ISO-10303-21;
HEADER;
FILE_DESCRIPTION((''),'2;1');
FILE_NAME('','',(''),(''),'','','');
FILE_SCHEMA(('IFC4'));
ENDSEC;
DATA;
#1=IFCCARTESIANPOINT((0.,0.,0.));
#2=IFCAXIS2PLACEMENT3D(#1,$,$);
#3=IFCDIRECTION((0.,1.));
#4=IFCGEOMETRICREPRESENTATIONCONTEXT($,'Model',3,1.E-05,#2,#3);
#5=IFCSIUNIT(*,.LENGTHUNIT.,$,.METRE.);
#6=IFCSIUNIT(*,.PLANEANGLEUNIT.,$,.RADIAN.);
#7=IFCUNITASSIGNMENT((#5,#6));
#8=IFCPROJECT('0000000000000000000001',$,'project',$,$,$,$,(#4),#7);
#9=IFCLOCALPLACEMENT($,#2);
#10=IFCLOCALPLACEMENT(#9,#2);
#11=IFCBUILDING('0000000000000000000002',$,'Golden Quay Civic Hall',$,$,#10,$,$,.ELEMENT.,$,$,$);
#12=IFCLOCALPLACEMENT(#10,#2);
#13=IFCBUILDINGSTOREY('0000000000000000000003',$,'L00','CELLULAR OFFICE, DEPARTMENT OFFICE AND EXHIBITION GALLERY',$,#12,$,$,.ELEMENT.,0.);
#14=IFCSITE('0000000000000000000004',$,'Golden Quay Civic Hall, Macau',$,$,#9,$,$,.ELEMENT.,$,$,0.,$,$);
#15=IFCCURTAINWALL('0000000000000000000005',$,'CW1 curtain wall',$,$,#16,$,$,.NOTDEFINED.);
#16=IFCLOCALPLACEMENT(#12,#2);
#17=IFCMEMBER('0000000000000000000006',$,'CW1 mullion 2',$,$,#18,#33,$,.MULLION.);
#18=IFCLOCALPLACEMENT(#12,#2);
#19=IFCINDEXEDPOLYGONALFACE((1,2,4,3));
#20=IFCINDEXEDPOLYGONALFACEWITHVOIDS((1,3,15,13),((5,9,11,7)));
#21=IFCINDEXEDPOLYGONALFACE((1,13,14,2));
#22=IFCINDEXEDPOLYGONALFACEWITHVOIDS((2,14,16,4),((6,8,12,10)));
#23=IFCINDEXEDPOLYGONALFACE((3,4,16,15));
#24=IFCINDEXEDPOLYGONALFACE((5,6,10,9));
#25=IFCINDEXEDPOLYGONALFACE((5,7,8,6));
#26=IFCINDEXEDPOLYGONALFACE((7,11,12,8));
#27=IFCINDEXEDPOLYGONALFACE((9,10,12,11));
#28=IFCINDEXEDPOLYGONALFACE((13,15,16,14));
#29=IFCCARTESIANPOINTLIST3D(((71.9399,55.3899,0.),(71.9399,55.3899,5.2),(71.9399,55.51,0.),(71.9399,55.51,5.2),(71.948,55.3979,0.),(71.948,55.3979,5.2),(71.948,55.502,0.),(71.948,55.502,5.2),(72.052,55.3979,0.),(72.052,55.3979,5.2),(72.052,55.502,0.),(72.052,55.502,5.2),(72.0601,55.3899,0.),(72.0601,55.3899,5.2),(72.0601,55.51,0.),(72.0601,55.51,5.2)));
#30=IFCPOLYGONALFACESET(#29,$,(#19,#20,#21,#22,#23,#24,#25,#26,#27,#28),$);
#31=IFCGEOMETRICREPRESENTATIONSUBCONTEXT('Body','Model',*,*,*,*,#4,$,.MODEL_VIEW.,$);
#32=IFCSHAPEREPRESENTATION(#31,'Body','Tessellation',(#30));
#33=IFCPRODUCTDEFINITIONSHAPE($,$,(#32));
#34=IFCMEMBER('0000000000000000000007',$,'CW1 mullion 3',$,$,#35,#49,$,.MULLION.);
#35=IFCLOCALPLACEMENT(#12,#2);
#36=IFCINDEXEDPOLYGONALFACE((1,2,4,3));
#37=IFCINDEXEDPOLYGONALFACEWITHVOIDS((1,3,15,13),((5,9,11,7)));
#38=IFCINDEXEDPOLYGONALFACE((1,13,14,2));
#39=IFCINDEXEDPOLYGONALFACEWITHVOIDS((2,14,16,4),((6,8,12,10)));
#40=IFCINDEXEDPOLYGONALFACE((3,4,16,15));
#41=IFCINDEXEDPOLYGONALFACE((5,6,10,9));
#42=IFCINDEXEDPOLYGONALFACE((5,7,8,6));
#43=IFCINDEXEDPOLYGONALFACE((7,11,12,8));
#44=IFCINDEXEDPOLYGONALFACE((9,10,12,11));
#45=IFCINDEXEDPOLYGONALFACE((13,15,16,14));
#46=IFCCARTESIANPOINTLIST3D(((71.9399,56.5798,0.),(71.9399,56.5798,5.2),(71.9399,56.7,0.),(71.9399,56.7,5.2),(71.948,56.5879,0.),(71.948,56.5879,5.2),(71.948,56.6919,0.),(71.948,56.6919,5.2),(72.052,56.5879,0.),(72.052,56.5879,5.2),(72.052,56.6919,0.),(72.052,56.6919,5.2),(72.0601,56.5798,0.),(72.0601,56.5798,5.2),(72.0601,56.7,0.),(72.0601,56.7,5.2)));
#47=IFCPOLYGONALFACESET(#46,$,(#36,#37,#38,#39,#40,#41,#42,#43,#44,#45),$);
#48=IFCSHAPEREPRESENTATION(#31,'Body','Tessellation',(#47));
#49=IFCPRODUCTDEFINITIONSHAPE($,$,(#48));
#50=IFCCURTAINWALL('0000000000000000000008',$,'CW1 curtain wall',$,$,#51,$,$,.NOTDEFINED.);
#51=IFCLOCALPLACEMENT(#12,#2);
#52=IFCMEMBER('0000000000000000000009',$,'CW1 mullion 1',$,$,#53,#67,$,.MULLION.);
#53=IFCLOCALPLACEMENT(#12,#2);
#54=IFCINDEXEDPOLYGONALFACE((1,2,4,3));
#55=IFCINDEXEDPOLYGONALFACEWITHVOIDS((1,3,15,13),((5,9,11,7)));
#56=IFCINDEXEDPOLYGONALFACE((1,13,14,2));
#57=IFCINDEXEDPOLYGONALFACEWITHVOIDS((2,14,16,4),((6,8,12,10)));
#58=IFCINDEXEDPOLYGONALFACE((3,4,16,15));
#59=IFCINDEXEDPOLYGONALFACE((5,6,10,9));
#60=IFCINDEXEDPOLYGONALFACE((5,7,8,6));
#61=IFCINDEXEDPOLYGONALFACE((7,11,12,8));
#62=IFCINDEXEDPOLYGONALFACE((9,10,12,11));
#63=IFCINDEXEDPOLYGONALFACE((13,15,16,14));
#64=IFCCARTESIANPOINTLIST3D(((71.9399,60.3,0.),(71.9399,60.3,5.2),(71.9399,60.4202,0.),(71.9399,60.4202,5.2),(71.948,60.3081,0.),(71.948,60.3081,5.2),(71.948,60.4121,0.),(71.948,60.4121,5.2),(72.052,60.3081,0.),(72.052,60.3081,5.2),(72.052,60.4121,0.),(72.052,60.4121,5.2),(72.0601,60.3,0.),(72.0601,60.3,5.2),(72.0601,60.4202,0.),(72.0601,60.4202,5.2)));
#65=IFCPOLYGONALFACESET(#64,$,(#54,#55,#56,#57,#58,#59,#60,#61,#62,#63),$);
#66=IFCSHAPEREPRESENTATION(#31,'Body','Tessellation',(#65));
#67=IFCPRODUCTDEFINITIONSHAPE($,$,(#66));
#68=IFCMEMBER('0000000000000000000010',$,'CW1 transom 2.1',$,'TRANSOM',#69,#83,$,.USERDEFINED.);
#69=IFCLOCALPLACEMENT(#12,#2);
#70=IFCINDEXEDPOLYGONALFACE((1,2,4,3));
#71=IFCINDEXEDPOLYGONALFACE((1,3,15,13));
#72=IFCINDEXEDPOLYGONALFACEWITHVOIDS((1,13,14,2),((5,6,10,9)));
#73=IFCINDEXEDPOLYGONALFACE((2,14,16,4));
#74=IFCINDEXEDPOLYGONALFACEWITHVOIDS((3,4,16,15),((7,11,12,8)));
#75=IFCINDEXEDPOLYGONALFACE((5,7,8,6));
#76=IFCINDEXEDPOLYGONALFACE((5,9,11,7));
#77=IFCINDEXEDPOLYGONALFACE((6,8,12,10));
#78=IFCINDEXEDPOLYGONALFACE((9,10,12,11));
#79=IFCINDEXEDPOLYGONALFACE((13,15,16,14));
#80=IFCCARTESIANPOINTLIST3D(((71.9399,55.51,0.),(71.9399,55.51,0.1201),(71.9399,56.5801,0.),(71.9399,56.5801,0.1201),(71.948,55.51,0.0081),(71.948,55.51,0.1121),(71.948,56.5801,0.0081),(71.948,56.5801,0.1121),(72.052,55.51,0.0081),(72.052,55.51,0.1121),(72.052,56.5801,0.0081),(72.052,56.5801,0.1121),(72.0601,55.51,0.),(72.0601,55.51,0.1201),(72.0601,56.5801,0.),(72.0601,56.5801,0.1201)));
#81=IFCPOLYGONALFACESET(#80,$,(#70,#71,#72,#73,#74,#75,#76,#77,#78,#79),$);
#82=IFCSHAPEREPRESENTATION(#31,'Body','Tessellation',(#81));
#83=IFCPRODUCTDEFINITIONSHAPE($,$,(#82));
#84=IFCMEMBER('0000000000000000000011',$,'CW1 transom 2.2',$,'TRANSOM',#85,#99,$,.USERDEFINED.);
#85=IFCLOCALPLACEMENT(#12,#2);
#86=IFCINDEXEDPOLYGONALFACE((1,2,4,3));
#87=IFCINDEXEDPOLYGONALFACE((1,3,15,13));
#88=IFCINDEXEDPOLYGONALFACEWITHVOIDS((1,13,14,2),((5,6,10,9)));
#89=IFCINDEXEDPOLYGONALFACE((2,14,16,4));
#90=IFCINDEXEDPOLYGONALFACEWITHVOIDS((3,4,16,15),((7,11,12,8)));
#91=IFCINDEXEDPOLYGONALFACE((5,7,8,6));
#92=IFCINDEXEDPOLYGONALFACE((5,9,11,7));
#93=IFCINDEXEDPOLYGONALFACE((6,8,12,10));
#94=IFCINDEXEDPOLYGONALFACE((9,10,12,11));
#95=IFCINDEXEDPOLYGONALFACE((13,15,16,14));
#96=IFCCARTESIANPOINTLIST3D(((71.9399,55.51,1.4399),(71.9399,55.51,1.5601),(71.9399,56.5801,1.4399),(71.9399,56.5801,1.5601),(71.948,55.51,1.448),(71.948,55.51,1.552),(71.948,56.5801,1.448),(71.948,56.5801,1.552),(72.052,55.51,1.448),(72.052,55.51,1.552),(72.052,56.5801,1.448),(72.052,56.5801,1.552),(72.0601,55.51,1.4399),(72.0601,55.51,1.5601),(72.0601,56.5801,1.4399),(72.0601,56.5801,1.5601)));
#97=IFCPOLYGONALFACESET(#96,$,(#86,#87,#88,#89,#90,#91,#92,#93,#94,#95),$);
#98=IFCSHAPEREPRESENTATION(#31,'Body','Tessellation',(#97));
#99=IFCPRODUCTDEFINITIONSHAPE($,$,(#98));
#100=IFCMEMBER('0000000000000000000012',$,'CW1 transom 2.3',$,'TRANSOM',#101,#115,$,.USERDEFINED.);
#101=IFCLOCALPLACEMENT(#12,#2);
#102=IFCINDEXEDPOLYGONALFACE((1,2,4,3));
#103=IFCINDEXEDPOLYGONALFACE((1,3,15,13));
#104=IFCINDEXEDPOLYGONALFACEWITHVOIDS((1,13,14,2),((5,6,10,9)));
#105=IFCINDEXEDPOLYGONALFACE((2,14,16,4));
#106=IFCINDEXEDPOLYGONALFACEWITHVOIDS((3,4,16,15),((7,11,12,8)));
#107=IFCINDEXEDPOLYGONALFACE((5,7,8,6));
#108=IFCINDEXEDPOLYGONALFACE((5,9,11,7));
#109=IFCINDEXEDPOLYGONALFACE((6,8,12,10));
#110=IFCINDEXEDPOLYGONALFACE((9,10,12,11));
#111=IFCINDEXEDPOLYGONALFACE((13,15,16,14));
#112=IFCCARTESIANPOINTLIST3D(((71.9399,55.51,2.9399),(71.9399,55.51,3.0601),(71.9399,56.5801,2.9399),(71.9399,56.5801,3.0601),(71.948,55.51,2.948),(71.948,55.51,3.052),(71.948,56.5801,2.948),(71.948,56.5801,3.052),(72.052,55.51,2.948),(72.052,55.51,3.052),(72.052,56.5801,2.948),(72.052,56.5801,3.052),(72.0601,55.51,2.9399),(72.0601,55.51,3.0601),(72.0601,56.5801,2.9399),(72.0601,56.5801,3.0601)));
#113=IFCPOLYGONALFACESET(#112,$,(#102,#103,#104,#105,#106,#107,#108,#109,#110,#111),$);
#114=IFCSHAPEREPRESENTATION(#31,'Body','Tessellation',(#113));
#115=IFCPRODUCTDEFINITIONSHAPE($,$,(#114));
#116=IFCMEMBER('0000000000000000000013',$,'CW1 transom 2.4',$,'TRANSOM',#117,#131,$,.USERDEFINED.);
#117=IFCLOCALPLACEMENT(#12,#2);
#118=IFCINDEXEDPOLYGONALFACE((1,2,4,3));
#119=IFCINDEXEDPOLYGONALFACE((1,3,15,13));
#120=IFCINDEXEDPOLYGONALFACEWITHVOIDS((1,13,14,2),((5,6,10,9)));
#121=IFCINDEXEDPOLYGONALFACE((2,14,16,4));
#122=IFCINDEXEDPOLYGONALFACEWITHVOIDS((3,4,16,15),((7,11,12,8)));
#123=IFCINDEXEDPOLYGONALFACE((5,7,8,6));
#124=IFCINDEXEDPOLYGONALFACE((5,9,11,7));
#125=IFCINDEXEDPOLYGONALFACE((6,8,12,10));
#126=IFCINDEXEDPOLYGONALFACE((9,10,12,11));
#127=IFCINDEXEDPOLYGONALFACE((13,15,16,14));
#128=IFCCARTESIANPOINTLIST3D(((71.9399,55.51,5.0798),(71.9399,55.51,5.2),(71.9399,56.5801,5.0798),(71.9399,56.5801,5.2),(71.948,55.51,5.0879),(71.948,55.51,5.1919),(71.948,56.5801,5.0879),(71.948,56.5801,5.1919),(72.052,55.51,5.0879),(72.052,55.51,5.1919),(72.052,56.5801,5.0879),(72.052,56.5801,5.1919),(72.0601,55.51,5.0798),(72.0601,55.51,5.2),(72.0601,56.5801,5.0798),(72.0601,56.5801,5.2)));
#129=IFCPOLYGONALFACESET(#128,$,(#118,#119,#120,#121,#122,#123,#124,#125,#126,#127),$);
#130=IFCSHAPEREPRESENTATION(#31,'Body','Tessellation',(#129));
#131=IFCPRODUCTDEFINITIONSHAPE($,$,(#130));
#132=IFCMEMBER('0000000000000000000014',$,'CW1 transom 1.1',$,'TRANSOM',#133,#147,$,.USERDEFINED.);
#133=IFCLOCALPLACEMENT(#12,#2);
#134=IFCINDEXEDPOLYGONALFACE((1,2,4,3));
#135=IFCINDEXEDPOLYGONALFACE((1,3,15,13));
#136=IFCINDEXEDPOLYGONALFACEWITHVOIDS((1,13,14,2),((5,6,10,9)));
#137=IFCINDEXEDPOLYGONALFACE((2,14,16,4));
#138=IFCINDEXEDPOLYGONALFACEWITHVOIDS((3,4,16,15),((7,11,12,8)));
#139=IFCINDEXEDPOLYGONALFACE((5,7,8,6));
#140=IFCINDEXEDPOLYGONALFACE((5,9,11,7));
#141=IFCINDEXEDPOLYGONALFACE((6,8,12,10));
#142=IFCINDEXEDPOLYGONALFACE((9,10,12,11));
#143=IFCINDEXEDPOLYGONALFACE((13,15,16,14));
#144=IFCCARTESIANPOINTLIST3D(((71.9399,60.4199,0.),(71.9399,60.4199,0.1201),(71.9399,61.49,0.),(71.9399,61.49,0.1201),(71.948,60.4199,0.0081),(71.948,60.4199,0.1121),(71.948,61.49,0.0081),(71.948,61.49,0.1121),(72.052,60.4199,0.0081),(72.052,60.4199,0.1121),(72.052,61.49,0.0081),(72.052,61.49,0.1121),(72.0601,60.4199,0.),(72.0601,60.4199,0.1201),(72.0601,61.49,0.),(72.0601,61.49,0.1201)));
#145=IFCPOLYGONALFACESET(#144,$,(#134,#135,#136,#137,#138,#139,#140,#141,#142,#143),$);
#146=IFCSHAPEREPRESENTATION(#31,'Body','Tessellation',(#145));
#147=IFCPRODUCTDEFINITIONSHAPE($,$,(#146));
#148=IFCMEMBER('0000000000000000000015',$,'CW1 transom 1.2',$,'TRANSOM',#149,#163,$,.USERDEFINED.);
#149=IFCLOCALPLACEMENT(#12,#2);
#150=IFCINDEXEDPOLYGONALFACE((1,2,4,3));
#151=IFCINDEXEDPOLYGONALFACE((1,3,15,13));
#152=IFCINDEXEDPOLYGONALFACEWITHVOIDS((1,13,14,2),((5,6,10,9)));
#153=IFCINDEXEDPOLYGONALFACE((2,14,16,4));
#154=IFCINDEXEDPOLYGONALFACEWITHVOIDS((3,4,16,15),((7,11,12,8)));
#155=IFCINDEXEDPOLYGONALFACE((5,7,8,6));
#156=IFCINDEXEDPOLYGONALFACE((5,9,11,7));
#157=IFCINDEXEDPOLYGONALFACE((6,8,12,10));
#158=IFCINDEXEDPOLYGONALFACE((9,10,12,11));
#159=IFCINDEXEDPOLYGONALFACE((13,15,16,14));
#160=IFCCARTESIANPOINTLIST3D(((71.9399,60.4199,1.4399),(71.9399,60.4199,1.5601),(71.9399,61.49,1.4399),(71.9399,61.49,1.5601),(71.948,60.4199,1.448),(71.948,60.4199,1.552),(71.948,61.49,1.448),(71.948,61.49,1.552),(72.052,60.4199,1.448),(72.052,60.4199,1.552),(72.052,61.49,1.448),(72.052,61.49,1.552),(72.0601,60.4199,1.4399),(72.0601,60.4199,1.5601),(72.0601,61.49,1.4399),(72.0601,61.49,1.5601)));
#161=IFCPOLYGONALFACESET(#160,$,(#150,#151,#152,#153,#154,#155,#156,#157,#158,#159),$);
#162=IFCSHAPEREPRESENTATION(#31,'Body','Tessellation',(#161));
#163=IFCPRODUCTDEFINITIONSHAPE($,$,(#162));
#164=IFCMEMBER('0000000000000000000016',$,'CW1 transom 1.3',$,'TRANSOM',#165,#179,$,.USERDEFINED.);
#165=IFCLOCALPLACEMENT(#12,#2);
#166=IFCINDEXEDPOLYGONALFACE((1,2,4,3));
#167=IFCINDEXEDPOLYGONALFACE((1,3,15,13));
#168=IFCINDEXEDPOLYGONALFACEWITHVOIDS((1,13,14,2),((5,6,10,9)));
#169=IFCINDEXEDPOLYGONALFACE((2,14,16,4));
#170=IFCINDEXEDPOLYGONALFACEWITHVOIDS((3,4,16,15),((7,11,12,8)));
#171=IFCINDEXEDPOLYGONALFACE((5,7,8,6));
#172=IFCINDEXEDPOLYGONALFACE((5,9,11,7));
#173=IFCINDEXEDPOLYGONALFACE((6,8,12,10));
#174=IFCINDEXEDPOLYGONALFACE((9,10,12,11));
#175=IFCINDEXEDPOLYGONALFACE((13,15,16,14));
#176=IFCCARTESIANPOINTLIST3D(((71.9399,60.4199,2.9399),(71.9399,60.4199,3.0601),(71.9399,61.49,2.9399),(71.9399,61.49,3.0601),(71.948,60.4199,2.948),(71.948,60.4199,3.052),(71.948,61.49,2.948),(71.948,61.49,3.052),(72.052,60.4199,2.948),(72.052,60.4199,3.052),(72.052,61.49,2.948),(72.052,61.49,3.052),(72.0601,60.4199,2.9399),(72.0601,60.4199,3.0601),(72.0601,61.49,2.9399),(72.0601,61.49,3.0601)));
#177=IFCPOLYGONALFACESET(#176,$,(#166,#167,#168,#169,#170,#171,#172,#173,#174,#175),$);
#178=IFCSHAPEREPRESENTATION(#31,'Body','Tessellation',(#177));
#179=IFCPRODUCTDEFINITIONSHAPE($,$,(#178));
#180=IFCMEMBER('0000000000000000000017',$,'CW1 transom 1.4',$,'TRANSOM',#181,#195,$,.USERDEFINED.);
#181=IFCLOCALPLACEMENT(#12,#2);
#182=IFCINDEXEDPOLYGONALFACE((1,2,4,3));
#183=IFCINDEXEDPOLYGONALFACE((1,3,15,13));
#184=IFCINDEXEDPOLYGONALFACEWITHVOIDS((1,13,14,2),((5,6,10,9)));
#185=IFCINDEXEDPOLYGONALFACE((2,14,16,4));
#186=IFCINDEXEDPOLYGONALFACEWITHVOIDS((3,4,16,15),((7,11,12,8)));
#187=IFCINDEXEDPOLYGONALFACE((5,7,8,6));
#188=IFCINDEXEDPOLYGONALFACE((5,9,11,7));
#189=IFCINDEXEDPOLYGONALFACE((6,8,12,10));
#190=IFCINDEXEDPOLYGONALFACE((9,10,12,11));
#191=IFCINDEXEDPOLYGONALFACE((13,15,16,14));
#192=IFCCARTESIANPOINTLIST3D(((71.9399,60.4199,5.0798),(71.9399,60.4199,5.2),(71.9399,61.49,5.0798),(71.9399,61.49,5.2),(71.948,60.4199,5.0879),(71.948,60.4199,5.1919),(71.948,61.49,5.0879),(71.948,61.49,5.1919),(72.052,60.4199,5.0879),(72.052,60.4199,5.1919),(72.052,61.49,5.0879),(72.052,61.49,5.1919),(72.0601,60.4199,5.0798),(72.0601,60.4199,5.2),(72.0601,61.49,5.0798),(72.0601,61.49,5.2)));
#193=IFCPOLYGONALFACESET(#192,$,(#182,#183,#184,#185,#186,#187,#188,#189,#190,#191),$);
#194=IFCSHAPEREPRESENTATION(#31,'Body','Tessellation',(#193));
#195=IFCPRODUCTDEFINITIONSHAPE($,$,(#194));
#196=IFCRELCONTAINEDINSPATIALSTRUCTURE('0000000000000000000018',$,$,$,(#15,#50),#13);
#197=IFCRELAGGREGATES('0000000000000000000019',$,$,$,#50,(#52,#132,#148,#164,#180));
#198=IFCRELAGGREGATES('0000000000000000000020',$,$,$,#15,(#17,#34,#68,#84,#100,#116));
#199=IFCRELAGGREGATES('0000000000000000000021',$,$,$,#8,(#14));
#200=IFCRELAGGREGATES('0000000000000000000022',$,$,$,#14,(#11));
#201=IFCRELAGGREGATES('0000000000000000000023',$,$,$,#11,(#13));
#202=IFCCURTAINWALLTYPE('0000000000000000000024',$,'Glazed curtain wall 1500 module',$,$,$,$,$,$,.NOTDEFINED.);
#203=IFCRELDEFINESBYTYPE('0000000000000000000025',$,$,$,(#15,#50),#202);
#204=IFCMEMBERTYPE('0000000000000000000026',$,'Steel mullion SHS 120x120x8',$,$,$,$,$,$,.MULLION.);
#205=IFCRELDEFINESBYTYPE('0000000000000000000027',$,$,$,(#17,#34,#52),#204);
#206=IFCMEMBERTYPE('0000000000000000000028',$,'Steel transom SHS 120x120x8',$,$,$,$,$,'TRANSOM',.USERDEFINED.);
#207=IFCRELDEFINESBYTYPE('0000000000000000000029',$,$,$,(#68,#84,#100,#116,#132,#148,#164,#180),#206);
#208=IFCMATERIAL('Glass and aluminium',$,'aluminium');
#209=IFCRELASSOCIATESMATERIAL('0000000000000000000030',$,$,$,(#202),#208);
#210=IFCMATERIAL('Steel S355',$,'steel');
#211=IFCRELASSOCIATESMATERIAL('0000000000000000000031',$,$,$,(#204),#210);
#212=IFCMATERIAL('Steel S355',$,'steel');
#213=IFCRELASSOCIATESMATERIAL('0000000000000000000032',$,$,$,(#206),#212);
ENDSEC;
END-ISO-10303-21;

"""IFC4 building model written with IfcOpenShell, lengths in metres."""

from ifc_helpers import new_model, si_unit, direction, frame, origin, origin_2d, place, context, subcontext, project, spatial, hollow_rectangle, extrude, material, material_profile, profile_set, type_object, element, aggregate, save


model = new_model("IFC4")

# Units and contexts
model_context = context("Model", 3, precision=1e-05, world=origin(), true_north=direction((0.0, 1.0)))
body_context = subcontext(model_context, "Body", "Model", "MODEL_VIEW")
ifc_project = project(units=[si_unit("LENGTHUNIT", "METRE"), si_unit("PLANEANGLEUNIT", "RADIAN")], contexts=[model_context])

# Site, building, storey
site_placement = place(None, origin())
site = spatial("IfcSite", under=ifc_project, at=site_placement, Name="Golden Quay Civic Hall, Macau", CompositionType="ELEMENT", RefElevation=0.0)
building_placement = place(site_placement, origin())
building = spatial("IfcBuilding", under=site, at=building_placement, Name="Golden Quay Civic Hall", CompositionType="ELEMENT")
storey_placement = place(building_placement, origin())
storey = spatial("IfcBuildingStorey", under=building, at=storey_placement, Name="L00", Description="CELLULAR OFFICE, DEPARTMENT OFFICE AND EXHIBITION GALLERY", CompositionType="ELEMENT", Elevation=0.0)

# Curtain wall, members
ifc_material_1 = material(Name="Glass and aluminium", Category="aluminium")
curtain_wall_type = type_object("IfcCurtainWallType", Name="Glazed curtain wall 1500 module", PredefinedType="NOTDEFINED", material=ifc_material_1)
curtain_wall_1_placement = place(storey_placement, origin())
curtain_wall_1 = element("IfcCurtainWall", 1, at=curtain_wall_1_placement, inside=storey, type_object=curtain_wall_type, Name="CW1 curtain wall", PredefinedType="NOTDEFINED")
ifc_material_2 = material(Name="Steel S355", Category="steel")
ifc_material_profile_1 = material_profile(ifc_material_2, hollow_rectangle(XDim=0.1201, YDim=0.1201, WallThickness=0.0081, at=origin_2d()), Name="SHS 120x120x8")
ifc_profile_set_1 = profile_set([ifc_material_profile_1], Name="Steel S355")
member_type_1 = type_object("IfcMemberType", Name="Steel mullion SHS 120x120x8", PredefinedType="MULLION", material=ifc_profile_set_1)
member_1_placement = place(storey_placement, frame((72.0, 55.45, 0.0), z_axis=(0.0, 0.0, 1.0), x_axis=(-1.0, 0.0, 0.0)))
member_1 = element("IfcMember", 2, at=member_1_placement, type_object=member_type_1, Name="CW1 mullion 2", PredefinedType="MULLION", context=body_context, shape_type="SweptSolid", body=[
    extrude(hollow_rectangle(XDim=0.1201, YDim=0.1201, WallThickness=0.0081, at=origin_2d()), origin(), (0.0, 0.0, 1.0), 5.2),
])
member_2_placement = place(storey_placement, frame((72.0, 56.6399, 0.0), z_axis=(0.0, 0.0, 1.0), x_axis=(-1.0, 0.0, 0.0)))
member_2 = element("IfcMember", 3, at=member_2_placement, type_object=member_type_1, Name="CW1 mullion 3", PredefinedType="MULLION", context=body_context, shape_type="SweptSolid", body=[
    extrude(hollow_rectangle(XDim=0.1201, YDim=0.1201, WallThickness=0.0081, at=origin_2d()), origin(), (0.0, 0.0, 1.0), 5.2),
])

# Curtain wall, member
curtain_wall_2_placement = place(storey_placement, origin())
curtain_wall_2 = element("IfcCurtainWall", 4, at=curtain_wall_2_placement, inside=storey, type_object=curtain_wall_type, Name="CW1 curtain wall", PredefinedType="NOTDEFINED")
member_3_placement = place(storey_placement, frame((72.0, 60.3601, 0.0), z_axis=(0.0, 0.0, 1.0), x_axis=(-1.0, 0.0, 0.0)))
member_3 = element("IfcMember", 5, at=member_3_placement, type_object=member_type_1, Name="CW1 mullion 1", PredefinedType="MULLION", context=body_context, shape_type="SweptSolid", body=[
    extrude(hollow_rectangle(XDim=0.1201, YDim=0.1201, WallThickness=0.0081, at=origin_2d()), origin(), (0.0, 0.0, 1.0), 5.2),
])

# Members
ifc_material_3 = material(Name="Steel S355", Category="steel")
ifc_material_profile_2 = material_profile(ifc_material_3, hollow_rectangle(XDim=0.1201, YDim=0.1201, WallThickness=0.0081, at=origin_2d()), Name="SHS 120x120x8")
ifc_profile_set_2 = profile_set([ifc_material_profile_2], Name="Steel S355")
member_type_2 = type_object("IfcMemberType", Name="Steel transom SHS 120x120x8", ElementType="TRANSOM", PredefinedType="USERDEFINED", material=ifc_profile_set_2)
member_4_placement = place(storey_placement, frame((72.0, 55.51, 0.0601), z_axis=(0.0, 1.0, 0.0), x_axis=(-1.0, 0.0, 0.0)))
member_4 = element("IfcMember", 6, at=member_4_placement, type_object=member_type_2, Name="CW1 transom 2.1", ObjectType="TRANSOM", PredefinedType="USERDEFINED", context=body_context, shape_type="SweptSolid", body=[
    extrude(hollow_rectangle(XDim=0.1201, YDim=0.1201, WallThickness=0.0081, at=origin_2d()), origin(), (0.0, 0.0, 1.0), 1.0701),
])
member_5_placement = place(storey_placement, frame((72.0, 55.51, 1.5), z_axis=(0.0, 1.0, 0.0), x_axis=(-1.0, 0.0, 0.0)))
member_5 = element("IfcMember", 7, at=member_5_placement, type_object=member_type_2, Name="CW1 transom 2.2", ObjectType="TRANSOM", PredefinedType="USERDEFINED", context=body_context, shape_type="SweptSolid", body=[
    extrude(hollow_rectangle(XDim=0.1201, YDim=0.1201, WallThickness=0.0081, at=origin_2d()), origin(), (0.0, 0.0, 1.0), 1.0701),
])
member_6_placement = place(storey_placement, frame((72.0, 55.51, 3.0), z_axis=(0.0, 1.0, 0.0), x_axis=(-1.0, 0.0, 0.0)))
member_6 = element("IfcMember", 8, at=member_6_placement, type_object=member_type_2, Name="CW1 transom 2.3", ObjectType="TRANSOM", PredefinedType="USERDEFINED", context=body_context, shape_type="SweptSolid", body=[
    extrude(hollow_rectangle(XDim=0.1201, YDim=0.1201, WallThickness=0.0081, at=origin_2d()), origin(), (0.0, 0.0, 1.0), 1.0701),
])
member_7_placement = place(storey_placement, frame((72.0, 55.51, 5.1399), z_axis=(0.0, 1.0, 0.0), x_axis=(-1.0, 0.0, 0.0)))
member_7 = element("IfcMember", 9, at=member_7_placement, type_object=member_type_2, Name="CW1 transom 2.4", ObjectType="TRANSOM", PredefinedType="USERDEFINED", context=body_context, shape_type="SweptSolid", body=[
    extrude(hollow_rectangle(XDim=0.1201, YDim=0.1201, WallThickness=0.0081, at=origin_2d()), origin(), (0.0, 0.0, 1.0), 1.0701),
])
member_8_placement = place(storey_placement, frame((72.0, 60.4199, 0.0601), z_axis=(0.0, 1.0, 0.0), x_axis=(-1.0, 0.0, 0.0)))
member_8 = element("IfcMember", 10, at=member_8_placement, type_object=member_type_2, Name="CW1 transom 1.1", ObjectType="TRANSOM", PredefinedType="USERDEFINED", context=body_context, shape_type="SweptSolid", body=[
    extrude(hollow_rectangle(XDim=0.1201, YDim=0.1201, WallThickness=0.0081, at=origin_2d()), origin(), (0.0, 0.0, 1.0), 1.0701),
])
member_9_placement = place(storey_placement, frame((72.0, 60.4199, 1.5), z_axis=(0.0, 1.0, 0.0), x_axis=(-1.0, 0.0, 0.0)))
member_9 = element("IfcMember", 11, at=member_9_placement, type_object=member_type_2, Name="CW1 transom 1.2", ObjectType="TRANSOM", PredefinedType="USERDEFINED", context=body_context, shape_type="SweptSolid", body=[
    extrude(hollow_rectangle(XDim=0.1201, YDim=0.1201, WallThickness=0.0081, at=origin_2d()), origin(), (0.0, 0.0, 1.0), 1.0701),
])
member_10_placement = place(storey_placement, frame((72.0, 60.4199, 3.0), z_axis=(0.0, 1.0, 0.0), x_axis=(-1.0, 0.0, 0.0)))
member_10 = element("IfcMember", 12, at=member_10_placement, type_object=member_type_2, Name="CW1 transom 1.3", ObjectType="TRANSOM", PredefinedType="USERDEFINED", context=body_context, shape_type="SweptSolid", body=[
    extrude(hollow_rectangle(XDim=0.1201, YDim=0.1201, WallThickness=0.0081, at=origin_2d()), origin(), (0.0, 0.0, 1.0), 1.0701),
])
member_11_placement = place(storey_placement, frame((72.0, 60.4199, 5.1399), z_axis=(0.0, 1.0, 0.0), x_axis=(-1.0, 0.0, 0.0)))
member_11 = element("IfcMember", 13, at=member_11_placement, type_object=member_type_2, Name="CW1 transom 1.4", ObjectType="TRANSOM", PredefinedType="USERDEFINED", context=body_context, shape_type="SweptSolid", body=[
    extrude(hollow_rectangle(XDim=0.1201, YDim=0.1201, WallThickness=0.0081, at=origin_2d()), origin(), (0.0, 0.0, 1.0), 1.0701),
])
aggregate(curtain_wall_2, [member_3, member_8, member_9, member_10, member_11])

aggregate(curtain_wall_1, [member_1, member_2, member_4, member_5, member_6, member_7])

save(model, "model.ifc")
